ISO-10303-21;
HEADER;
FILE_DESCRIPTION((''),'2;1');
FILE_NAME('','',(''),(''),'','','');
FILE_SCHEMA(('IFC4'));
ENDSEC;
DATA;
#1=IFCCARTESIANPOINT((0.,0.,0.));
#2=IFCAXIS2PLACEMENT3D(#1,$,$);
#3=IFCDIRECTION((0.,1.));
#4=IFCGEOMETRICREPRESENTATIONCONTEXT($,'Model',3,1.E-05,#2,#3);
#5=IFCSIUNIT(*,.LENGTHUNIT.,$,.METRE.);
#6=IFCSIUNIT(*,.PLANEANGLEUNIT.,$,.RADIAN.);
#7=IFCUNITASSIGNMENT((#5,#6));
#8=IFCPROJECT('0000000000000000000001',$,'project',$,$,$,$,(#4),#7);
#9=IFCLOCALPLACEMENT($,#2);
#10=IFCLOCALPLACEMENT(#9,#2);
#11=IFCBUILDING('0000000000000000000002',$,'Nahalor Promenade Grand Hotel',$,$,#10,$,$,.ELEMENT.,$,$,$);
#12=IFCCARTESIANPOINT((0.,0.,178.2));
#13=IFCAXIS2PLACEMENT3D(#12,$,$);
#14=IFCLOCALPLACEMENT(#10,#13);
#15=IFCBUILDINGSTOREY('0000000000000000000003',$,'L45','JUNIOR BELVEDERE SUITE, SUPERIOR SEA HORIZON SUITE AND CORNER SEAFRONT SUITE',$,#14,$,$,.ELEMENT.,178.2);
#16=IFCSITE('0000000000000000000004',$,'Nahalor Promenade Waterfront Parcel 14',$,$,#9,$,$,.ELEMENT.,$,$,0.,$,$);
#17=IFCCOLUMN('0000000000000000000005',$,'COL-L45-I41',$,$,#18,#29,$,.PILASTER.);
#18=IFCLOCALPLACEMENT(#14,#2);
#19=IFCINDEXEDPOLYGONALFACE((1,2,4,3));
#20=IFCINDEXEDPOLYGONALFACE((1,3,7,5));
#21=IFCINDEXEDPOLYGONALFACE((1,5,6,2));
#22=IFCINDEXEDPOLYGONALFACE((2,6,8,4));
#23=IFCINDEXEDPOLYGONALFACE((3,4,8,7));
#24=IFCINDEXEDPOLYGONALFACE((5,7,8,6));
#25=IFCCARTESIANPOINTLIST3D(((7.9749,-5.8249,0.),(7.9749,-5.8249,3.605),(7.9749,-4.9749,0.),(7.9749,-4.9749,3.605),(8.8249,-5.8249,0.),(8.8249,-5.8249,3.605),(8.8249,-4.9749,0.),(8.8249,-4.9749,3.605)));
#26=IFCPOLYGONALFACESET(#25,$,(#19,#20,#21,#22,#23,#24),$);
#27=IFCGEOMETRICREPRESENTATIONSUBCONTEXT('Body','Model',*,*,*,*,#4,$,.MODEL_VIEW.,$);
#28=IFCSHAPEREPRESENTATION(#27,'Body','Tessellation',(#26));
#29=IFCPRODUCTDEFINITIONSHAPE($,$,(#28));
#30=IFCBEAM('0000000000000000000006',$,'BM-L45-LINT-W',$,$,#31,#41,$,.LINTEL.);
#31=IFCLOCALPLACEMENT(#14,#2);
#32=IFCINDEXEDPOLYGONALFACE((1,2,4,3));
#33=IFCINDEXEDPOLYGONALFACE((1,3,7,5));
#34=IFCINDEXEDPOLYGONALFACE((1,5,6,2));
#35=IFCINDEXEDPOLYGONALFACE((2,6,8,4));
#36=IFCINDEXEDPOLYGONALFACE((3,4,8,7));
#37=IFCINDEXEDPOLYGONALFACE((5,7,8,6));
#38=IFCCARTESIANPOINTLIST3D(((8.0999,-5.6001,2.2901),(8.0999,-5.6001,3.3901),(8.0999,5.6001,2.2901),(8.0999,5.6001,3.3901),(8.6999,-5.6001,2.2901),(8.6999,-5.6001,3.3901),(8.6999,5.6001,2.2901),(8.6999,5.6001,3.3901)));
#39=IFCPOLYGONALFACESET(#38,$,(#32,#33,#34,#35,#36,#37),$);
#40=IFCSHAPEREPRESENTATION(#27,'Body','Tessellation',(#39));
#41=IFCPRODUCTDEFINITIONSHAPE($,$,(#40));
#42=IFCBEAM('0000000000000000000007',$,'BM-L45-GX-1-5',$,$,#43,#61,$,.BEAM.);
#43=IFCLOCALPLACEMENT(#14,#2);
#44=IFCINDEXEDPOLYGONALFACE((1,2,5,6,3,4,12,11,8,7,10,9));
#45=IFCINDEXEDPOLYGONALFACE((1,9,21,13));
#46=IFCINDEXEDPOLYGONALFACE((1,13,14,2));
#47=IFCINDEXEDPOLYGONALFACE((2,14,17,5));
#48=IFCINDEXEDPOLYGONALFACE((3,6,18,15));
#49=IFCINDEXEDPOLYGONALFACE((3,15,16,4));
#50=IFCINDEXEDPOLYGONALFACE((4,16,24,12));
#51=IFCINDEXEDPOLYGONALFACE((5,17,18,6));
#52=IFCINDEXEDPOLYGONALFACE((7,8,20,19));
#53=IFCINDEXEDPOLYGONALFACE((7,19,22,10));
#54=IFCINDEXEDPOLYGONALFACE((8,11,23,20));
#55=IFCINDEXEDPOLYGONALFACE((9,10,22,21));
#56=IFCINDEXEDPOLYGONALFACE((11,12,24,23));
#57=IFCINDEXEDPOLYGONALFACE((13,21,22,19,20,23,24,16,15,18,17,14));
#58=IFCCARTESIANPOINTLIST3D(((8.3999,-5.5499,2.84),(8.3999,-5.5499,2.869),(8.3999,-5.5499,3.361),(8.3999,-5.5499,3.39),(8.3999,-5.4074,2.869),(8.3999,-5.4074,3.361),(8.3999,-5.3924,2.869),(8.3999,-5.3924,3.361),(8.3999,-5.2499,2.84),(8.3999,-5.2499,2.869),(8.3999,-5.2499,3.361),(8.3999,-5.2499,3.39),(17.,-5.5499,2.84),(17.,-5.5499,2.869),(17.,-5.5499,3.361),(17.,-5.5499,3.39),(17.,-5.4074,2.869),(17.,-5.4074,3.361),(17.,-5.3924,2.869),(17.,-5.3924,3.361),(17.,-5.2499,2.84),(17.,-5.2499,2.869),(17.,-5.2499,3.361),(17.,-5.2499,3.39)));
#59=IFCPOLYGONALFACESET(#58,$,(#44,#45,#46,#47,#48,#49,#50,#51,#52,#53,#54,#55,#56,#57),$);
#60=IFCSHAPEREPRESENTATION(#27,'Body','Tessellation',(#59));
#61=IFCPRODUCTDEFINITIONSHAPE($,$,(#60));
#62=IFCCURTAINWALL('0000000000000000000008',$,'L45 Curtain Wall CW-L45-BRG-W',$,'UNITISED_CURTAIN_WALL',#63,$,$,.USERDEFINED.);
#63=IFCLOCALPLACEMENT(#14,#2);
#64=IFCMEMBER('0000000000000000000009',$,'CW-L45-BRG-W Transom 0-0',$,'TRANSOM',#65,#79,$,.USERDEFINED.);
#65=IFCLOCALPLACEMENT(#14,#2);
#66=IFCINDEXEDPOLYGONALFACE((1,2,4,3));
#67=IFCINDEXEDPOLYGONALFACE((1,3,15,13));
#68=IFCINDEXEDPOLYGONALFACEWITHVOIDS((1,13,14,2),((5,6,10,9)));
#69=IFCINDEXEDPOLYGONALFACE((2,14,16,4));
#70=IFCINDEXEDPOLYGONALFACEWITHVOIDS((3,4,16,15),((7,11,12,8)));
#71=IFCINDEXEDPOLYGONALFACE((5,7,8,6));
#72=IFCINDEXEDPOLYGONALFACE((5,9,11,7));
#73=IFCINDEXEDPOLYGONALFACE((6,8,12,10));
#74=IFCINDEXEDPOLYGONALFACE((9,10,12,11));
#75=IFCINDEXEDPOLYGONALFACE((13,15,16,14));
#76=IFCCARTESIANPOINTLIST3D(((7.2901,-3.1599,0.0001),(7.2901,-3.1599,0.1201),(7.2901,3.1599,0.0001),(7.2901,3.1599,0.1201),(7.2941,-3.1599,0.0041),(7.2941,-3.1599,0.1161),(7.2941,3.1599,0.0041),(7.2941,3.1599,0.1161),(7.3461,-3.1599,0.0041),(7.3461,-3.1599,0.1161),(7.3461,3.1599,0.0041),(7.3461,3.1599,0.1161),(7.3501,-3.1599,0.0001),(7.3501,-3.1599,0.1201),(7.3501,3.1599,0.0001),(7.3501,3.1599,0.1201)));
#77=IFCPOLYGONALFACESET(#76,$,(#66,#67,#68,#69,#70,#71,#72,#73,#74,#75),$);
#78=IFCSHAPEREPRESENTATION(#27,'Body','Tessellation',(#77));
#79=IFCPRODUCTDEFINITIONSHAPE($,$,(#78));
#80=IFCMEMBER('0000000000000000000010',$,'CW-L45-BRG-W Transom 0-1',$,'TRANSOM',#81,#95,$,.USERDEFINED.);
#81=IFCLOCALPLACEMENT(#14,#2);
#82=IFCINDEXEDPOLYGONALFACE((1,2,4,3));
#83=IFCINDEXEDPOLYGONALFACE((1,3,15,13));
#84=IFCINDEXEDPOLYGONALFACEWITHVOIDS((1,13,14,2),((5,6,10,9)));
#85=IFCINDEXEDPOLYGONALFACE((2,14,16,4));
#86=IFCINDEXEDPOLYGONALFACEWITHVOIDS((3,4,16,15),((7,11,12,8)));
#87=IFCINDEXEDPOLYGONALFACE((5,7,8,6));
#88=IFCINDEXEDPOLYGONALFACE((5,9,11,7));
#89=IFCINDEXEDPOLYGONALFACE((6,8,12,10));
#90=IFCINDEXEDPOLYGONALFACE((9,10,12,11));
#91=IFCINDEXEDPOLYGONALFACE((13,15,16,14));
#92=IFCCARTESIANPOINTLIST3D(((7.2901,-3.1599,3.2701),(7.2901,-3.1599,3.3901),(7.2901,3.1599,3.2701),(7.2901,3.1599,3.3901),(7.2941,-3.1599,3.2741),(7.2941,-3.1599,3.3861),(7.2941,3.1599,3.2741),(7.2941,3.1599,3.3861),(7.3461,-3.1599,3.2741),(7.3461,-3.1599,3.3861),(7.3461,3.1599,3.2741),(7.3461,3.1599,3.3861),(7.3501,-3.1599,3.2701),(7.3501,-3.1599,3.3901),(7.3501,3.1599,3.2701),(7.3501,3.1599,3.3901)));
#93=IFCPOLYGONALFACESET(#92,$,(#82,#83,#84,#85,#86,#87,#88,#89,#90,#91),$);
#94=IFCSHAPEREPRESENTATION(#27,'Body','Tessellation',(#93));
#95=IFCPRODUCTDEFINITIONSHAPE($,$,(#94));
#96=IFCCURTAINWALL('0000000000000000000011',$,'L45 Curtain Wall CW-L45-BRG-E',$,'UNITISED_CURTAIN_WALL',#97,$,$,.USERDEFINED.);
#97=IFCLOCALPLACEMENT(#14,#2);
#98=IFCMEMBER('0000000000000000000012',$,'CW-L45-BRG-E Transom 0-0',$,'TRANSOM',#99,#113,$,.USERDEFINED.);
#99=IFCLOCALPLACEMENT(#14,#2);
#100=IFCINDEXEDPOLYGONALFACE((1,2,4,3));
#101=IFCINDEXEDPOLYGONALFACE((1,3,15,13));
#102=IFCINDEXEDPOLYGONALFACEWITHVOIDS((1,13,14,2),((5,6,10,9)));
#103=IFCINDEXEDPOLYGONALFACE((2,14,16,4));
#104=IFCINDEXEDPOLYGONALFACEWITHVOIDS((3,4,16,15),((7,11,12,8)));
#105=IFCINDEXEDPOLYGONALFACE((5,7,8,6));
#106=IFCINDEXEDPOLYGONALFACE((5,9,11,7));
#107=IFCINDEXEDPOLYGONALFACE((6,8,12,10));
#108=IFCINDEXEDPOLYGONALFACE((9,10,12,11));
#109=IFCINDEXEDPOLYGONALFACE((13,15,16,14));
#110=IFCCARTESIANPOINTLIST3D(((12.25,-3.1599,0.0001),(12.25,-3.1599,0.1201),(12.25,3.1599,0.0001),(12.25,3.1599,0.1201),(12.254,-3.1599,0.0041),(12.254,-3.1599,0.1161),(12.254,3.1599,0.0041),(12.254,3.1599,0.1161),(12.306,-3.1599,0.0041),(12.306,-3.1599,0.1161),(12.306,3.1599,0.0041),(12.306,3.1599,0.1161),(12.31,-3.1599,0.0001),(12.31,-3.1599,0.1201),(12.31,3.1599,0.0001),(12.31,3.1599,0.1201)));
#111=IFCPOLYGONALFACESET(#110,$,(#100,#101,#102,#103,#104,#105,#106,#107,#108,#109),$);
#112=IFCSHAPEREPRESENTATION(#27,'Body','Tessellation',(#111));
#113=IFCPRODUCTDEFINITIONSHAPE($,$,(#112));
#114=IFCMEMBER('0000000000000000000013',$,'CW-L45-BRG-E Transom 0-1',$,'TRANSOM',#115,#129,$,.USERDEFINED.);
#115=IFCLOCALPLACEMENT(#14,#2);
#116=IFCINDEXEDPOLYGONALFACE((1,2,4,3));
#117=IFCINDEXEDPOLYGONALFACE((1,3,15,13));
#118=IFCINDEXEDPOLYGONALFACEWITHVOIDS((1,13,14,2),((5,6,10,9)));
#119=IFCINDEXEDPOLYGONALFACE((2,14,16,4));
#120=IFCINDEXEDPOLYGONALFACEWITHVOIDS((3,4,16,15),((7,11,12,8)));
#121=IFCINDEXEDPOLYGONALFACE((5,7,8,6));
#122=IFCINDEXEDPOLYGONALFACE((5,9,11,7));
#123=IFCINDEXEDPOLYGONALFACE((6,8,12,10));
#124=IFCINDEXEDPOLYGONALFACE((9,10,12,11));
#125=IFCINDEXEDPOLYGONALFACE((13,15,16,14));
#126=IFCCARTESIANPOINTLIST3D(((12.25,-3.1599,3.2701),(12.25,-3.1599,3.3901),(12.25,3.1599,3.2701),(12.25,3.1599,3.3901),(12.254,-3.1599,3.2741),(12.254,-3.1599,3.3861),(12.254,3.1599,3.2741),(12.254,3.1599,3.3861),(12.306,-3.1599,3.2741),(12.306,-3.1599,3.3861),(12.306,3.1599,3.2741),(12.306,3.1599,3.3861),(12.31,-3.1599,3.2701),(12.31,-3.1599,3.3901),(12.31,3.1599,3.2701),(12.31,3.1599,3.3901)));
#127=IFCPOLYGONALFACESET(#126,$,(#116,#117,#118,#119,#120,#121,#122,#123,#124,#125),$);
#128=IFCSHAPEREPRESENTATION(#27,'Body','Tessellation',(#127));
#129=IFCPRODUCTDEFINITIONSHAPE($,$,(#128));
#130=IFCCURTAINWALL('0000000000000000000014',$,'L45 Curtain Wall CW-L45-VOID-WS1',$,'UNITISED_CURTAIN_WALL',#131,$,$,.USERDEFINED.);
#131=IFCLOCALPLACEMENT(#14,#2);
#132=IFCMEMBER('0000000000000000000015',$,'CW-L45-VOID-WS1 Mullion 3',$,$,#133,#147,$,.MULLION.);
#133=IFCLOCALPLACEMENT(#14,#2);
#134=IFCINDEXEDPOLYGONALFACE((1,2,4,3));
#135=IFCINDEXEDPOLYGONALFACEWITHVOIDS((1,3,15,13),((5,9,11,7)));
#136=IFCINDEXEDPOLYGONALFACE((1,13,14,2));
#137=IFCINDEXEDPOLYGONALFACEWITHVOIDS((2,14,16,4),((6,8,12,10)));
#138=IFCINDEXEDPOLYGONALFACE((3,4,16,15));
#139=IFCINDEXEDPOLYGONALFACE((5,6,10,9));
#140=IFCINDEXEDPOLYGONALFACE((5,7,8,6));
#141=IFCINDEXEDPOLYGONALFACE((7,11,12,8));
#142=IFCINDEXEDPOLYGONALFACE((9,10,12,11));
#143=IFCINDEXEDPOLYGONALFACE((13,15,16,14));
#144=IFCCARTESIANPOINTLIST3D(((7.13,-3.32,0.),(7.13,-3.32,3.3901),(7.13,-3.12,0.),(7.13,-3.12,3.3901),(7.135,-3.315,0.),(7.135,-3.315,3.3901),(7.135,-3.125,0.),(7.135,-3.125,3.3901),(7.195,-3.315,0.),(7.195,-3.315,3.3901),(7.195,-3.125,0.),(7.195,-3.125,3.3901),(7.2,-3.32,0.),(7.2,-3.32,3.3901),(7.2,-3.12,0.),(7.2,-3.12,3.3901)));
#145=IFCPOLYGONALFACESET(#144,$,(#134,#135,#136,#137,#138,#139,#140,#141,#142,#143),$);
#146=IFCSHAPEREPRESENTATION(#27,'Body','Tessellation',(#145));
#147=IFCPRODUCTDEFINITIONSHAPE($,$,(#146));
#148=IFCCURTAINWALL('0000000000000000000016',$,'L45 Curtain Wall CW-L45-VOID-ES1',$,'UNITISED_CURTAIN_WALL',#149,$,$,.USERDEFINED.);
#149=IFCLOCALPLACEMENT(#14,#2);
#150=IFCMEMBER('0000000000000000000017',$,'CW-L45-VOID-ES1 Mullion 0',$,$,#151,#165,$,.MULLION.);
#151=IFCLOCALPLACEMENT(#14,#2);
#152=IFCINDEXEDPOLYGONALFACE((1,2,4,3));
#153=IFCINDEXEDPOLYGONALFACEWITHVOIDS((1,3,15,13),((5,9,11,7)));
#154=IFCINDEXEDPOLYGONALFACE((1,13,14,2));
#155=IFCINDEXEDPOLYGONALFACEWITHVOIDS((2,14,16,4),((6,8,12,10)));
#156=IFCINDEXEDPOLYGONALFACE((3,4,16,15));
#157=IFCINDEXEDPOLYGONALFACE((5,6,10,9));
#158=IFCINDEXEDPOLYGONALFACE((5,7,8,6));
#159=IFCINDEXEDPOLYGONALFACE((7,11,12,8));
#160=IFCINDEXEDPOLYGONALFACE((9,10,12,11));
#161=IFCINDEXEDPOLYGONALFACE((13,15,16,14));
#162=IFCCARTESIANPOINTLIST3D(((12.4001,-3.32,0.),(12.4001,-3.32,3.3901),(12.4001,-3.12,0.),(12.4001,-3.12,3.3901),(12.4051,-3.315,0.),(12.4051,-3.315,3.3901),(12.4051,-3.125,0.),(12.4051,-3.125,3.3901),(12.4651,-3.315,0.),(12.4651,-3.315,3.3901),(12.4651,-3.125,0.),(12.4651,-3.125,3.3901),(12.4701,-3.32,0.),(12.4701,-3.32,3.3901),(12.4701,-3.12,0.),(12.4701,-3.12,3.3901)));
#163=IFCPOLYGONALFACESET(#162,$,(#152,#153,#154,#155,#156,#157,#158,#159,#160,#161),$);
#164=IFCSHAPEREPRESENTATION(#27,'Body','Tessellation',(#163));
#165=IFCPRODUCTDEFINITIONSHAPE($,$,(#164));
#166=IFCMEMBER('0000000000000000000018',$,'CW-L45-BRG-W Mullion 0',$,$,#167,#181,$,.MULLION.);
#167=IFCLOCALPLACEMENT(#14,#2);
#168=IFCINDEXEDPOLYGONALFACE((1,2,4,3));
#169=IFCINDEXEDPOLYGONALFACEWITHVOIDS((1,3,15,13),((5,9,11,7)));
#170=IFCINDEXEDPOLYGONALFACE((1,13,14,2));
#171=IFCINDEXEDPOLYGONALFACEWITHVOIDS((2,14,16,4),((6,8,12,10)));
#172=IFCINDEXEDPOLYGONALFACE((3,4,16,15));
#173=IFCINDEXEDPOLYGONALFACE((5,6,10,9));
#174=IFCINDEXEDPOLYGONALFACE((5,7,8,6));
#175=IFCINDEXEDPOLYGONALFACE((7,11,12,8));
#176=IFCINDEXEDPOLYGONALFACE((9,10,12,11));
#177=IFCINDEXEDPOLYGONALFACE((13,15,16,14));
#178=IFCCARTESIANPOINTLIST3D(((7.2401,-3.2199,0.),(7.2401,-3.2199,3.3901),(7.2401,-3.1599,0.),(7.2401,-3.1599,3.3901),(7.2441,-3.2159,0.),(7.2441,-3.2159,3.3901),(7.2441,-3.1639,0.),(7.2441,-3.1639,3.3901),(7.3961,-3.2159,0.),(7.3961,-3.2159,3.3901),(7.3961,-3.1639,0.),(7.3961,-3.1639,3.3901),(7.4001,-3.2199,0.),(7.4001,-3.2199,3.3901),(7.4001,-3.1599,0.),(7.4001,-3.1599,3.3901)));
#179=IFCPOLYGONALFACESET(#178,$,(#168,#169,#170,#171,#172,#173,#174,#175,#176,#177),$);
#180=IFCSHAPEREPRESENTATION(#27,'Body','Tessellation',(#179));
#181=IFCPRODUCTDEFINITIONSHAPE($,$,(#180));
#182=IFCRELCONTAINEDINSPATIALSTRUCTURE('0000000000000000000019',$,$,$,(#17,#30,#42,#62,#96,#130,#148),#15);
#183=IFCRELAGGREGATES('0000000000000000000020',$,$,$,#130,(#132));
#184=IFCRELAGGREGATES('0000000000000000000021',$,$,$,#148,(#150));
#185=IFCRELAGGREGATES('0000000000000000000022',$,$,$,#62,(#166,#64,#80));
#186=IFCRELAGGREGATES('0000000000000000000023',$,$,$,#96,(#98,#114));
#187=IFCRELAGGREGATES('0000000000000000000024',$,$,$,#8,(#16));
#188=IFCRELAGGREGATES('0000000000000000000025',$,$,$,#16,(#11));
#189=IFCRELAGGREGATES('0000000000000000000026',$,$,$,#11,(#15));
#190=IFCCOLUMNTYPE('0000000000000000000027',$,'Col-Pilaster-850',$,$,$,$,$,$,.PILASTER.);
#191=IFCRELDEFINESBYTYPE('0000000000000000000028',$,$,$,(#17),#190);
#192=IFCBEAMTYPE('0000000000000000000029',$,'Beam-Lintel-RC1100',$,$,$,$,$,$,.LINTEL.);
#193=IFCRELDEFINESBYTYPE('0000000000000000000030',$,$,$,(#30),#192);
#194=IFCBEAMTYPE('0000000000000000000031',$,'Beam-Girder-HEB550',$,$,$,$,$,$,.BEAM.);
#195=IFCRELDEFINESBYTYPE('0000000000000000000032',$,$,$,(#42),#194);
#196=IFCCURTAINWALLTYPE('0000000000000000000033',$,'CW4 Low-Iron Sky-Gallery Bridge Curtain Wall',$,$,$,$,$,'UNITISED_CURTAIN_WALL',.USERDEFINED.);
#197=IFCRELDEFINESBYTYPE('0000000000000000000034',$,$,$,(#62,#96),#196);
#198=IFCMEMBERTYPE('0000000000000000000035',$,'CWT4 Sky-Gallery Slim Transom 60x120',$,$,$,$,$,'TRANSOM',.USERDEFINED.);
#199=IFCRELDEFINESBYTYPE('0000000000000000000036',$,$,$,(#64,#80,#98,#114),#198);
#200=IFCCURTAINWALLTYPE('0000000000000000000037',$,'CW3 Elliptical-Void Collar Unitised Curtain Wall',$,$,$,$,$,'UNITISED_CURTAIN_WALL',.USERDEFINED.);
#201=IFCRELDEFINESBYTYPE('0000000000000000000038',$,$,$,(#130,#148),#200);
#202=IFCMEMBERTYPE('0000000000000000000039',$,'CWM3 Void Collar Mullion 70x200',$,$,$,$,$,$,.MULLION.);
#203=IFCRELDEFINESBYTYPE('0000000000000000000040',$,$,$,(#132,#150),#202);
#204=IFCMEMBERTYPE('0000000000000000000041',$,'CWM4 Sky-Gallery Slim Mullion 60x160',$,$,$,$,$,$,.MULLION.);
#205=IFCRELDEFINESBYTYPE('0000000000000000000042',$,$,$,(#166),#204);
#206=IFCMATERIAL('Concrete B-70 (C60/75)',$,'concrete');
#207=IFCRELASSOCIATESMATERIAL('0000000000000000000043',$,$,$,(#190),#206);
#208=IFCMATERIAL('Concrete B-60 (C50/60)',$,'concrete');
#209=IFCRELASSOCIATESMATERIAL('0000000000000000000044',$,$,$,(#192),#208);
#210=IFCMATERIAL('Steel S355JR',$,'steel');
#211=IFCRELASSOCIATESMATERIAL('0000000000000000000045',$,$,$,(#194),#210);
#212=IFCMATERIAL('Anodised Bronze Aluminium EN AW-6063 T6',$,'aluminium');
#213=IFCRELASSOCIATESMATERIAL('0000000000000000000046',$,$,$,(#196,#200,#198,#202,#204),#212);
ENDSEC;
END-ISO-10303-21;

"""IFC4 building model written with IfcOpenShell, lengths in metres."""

from ifc_helpers import new_model, si_unit, direction, frame, origin, origin_2d, place, context, subcontext, project, spatial, rectangle, hollow_rectangle, i_section, extrude, source, transform, mapped, material, material_profile, profile_set, type_object, element, aggregate, save


model = new_model("IFC4")

# Units and contexts
model_context = context("Model", 3, precision=1e-05, world=origin(), true_north=direction((0.0, 1.0)))
body_context = subcontext(model_context, "Body", "Model", "MODEL_VIEW")
ifc_project = project(units=[si_unit("LENGTHUNIT", "METRE"), si_unit("PLANEANGLEUNIT", "RADIAN")], contexts=[model_context])

# Site, building, storey
site_placement = place(None, origin())
site = spatial("IfcSite", under=ifc_project, at=site_placement, Name="Nahalor Promenade Waterfront Parcel 14", CompositionType="ELEMENT", RefElevation=0.0)
building_placement = place(site_placement, origin())
building = spatial("IfcBuilding", under=site, at=building_placement, Name="Nahalor Promenade Grand Hotel", CompositionType="ELEMENT")
storey_placement = place(building_placement, frame((0.0, 0.0, 178.2)))
storey = spatial("IfcBuildingStorey", under=building, at=storey_placement, Name="L45", Description="JUNIOR BELVEDERE SUITE, SUPERIOR SEA HORIZON SUITE AND CORNER SEAFRONT SUITE", CompositionType="ELEMENT", Elevation=178.2)

# Column
ifc_material_1 = material(Name="Concrete B-70 (C60/75)", Category="concrete")
ifc_material_profile_1 = material_profile(ifc_material_1, rectangle(XDim=0.85, YDim=0.85, at=origin_2d()), Name="RC 850x850")
ifc_profile_set_1 = profile_set([ifc_material_profile_1], Name="Concrete B-70 (C60/75)")
column_type = type_object("IfcColumnType", Name="Col-Pilaster-850", PredefinedType="PILASTER", material=ifc_profile_set_1)
shared_shape_1 = source(origin(), body_context, "Body", "SweptSolid", [
    extrude(rectangle(XDim=0.85, YDim=0.85, at=origin_2d()), origin(), (0.0, 0.0, 1.0), 3.605),
])
column_placement = place(storey_placement, frame((8.3999, -5.3999, 0.0), z_axis=(0.0, 0.0, 1.0), x_axis=(1.0, 0.0, 0.0)))
element("IfcColumn", 1, at=column_placement, inside=storey, type_object=column_type, Name="COL-L45-I41", PredefinedType="PILASTER", context=body_context, shape_type="MappedRepresentation", body=[
    mapped(shared_shape_1, transform((0.0, 0.0, 0.0), scale=1.0)),
])

# Beams
ifc_material_2 = material(Name="Concrete B-60 (C50/60)", Category="concrete")
ifc_material_profile_2 = material_profile(ifc_material_2, rectangle(XDim=0.6, YDim=1.1, at=origin_2d()), Name="RC 600x1100")
ifc_profile_set_2 = profile_set([ifc_material_profile_2], Name="Concrete B-60 (C50/60)")
beam_type_1 = type_object("IfcBeamType", Name="Beam-Lintel-RC1100", PredefinedType="LINTEL", material=ifc_profile_set_2)
shared_shape_2 = source(origin(), body_context, "Body", "SweptSolid", [
    extrude(rectangle(XDim=0.6, YDim=1.1, at=origin_2d()), origin(), (0.0, 0.0, 1.0), 11.2002),
])
beam_1_placement = place(storey_placement, frame((8.3999, -5.6001, 2.8401), z_axis=(0.0, 1.0, 0.0), x_axis=(-1.0, 0.0, 0.0)))
element("IfcBeam", 2, at=beam_1_placement, inside=storey, type_object=beam_type_1, Name="BM-L45-LINT-W", PredefinedType="LINTEL", context=body_context, shape_type="MappedRepresentation", body=[
    mapped(shared_shape_2, transform((0.0, 0.0, 0.0), scale=1.0)),
])
ifc_material_3 = material(Name="Steel S355JR", Category="steel")
ifc_material_profile_3 = material_profile(ifc_material_3, i_section(OverallWidth=0.3, OverallDepth=0.55, WebThickness=0.015, FlangeThickness=0.029, at=origin_2d()), Name="HEB 550")
ifc_profile_set_3 = profile_set([ifc_material_profile_3], Name="Steel S355JR")
beam_type_2 = type_object("IfcBeamType", Name="Beam-Girder-HEB550", PredefinedType="BEAM", material=ifc_profile_set_3)
shared_shape_3 = source(origin(), body_context, "Body", "SweptSolid", [
    extrude(i_section(OverallWidth=0.3, OverallDepth=0.55, WebThickness=0.015, FlangeThickness=0.029, at=origin_2d()), origin(), (0.0, 0.0, 1.0), 8.6001),
])
beam_2_placement = place(storey_placement, frame((8.3999, -5.3999, 3.115), z_axis=(1.0, 0.0, 0.0), x_axis=(0.0, 1.0, 0.0)))
element("IfcBeam", 3, at=beam_2_placement, inside=storey, type_object=beam_type_2, Name="BM-L45-GX-1-5", PredefinedType="BEAM", context=body_context, shape_type="MappedRepresentation", body=[
    mapped(shared_shape_3, transform((0.0, 0.0, 0.0), scale=1.0)),
])

# Curtain walls, members
ifc_material_4 = material(Name="Anodised Bronze Aluminium EN AW-6063 T6", Category="aluminium")
curtain_wall_type_1 = type_object("IfcCurtainWallType", Name="CW4 Low-Iron Sky-Gallery Bridge Curtain Wall", ElementType="UNITISED_CURTAIN_WALL", PredefinedType="USERDEFINED", material=ifc_material_4)
curtain_wall_1_placement = place(storey_placement, origin())
curtain_wall_1 = element("IfcCurtainWall", 4, at=curtain_wall_1_placement, inside=storey, type_object=curtain_wall_type_1, Name="L45 Curtain Wall CW-L45-BRG-W", ObjectType="UNITISED_CURTAIN_WALL", PredefinedType="USERDEFINED")
ifc_material_profile_4 = material_profile(ifc_material_4, hollow_rectangle(XDim=0.06, YDim=0.12, WallThickness=0.004, at=origin_2d()), Name="CWT 60x120x4")
ifc_profile_set_4 = profile_set([ifc_material_profile_4], Name="Anodised Bronze Aluminium EN AW-6063 T6")
member_type_1 = type_object("IfcMemberType", Name="CWT4 Sky-Gallery Slim Transom 60x120", ElementType="TRANSOM", PredefinedType="USERDEFINED", material=ifc_profile_set_4)
shared_shape_4 = source(origin(), body_context, "Body", "SweptSolid", [
    extrude(hollow_rectangle(XDim=0.06, YDim=0.12, WallThickness=0.004, at=origin_2d()), origin(), (0.0, 0.0, 1.0), 6.3198),
])
member_1_placement = place(storey_placement, frame((7.3201, -3.1599, 0.0601), z_axis=(0.0, 1.0, 0.0), x_axis=(-1.0, 0.0, 0.0)))
member_1 = element("IfcMember", 5, at=member_1_placement, type_object=member_type_1, Name="CW-L45-BRG-W Transom 0-0", ObjectType="TRANSOM", PredefinedType="USERDEFINED", context=body_context, shape_type="MappedRepresentation", body=[
    mapped(shared_shape_4, transform((0.0, 0.0, 0.0), scale=1.0)),
])
member_2_placement = place(storey_placement, frame((7.3201, -3.1599, 3.3301), z_axis=(0.0, 1.0, 0.0), x_axis=(-1.0, 0.0, 0.0)))
member_2 = element("IfcMember", 6, at=member_2_placement, type_object=member_type_1, Name="CW-L45-BRG-W Transom 0-1", ObjectType="TRANSOM", PredefinedType="USERDEFINED", context=body_context, shape_type="MappedRepresentation", body=[
    mapped(shared_shape_4, transform((0.0, 0.0, 0.0), scale=1.0)),
])
curtain_wall_2_placement = place(storey_placement, origin())
curtain_wall_2 = element("IfcCurtainWall", 7, at=curtain_wall_2_placement, inside=storey, type_object=curtain_wall_type_1, Name="L45 Curtain Wall CW-L45-BRG-E", ObjectType="UNITISED_CURTAIN_WALL", PredefinedType="USERDEFINED")
member_3_placement = place(storey_placement, frame((12.28, -3.1599, 0.0601), z_axis=(0.0, 1.0, 0.0), x_axis=(-1.0, 0.0, 0.0)))
member_3 = element("IfcMember", 8, at=member_3_placement, type_object=member_type_1, Name="CW-L45-BRG-E Transom 0-0", ObjectType="TRANSOM", PredefinedType="USERDEFINED", context=body_context, shape_type="MappedRepresentation", body=[
    mapped(shared_shape_4, transform((0.0, 0.0, 0.0), scale=1.0)),
])
member_4_placement = place(storey_placement, frame((12.28, -3.1599, 3.3301), z_axis=(0.0, 1.0, 0.0), x_axis=(-1.0, 0.0, 0.0)))
member_4 = element("IfcMember", 9, at=member_4_placement, type_object=member_type_1, Name="CW-L45-BRG-E Transom 0-1", ObjectType="TRANSOM", PredefinedType="USERDEFINED", context=body_context, shape_type="MappedRepresentation", body=[
    mapped(shared_shape_4, transform((0.0, 0.0, 0.0), scale=1.0)),
])

# Curtain walls, members
curtain_wall_type_2 = type_object("IfcCurtainWallType", Name="CW3 Elliptical-Void Collar Unitised Curtain Wall", ElementType="UNITISED_CURTAIN_WALL", PredefinedType="USERDEFINED", material=ifc_material_4)
curtain_wall_3_placement = place(storey_placement, origin())
curtain_wall_3 = element("IfcCurtainWall", 10, at=curtain_wall_3_placement, inside=storey, type_object=curtain_wall_type_2, Name="L45 Curtain Wall CW-L45-VOID-WS1", ObjectType="UNITISED_CURTAIN_WALL", PredefinedType="USERDEFINED")
ifc_material_profile_5 = material_profile(ifc_material_4, hollow_rectangle(XDim=0.07, YDim=0.2, WallThickness=0.005, at=origin_2d()), Name="CWM 70x200x5")
ifc_profile_set_5 = profile_set([ifc_material_profile_5], Name="Anodised Bronze Aluminium EN AW-6063 T6")
member_type_2 = type_object("IfcMemberType", Name="CWM3 Void Collar Mullion 70x200", PredefinedType="MULLION", material=ifc_profile_set_5)
shared_shape_5 = source(origin(), body_context, "Body", "SweptSolid", [
    extrude(hollow_rectangle(XDim=0.07, YDim=0.2, WallThickness=0.005, at=origin_2d()), origin(), (0.0, 0.0, 1.0), 3.3901),
])
member_5_placement = place(storey_placement, frame((7.165, -3.22, 0.0), z_axis=(0.0, 0.0, 1.0), x_axis=(1.0, 0.0, 0.0)))
member_5 = element("IfcMember", 11, at=member_5_placement, type_object=member_type_2, Name="CW-L45-VOID-WS1 Mullion 3", PredefinedType="MULLION", context=body_context, shape_type="MappedRepresentation", body=[
    mapped(shared_shape_5, transform((0.0, 0.0, 0.0), scale=1.0)),
])
aggregate(curtain_wall_3, [member_5])
curtain_wall_4_placement = place(storey_placement, origin())
curtain_wall_4 = element("IfcCurtainWall", 12, at=curtain_wall_4_placement, inside=storey, type_object=curtain_wall_type_2, Name="L45 Curtain Wall CW-L45-VOID-ES1", ObjectType="UNITISED_CURTAIN_WALL", PredefinedType="USERDEFINED")
member_6_placement = place(storey_placement, frame((12.4351, -3.22, 0.0), z_axis=(0.0, 0.0, 1.0), x_axis=(1.0, 0.0, 0.0)))
member_6 = element("IfcMember", 13, at=member_6_placement, type_object=member_type_2, Name="CW-L45-VOID-ES1 Mullion 0", PredefinedType="MULLION", context=body_context, shape_type="MappedRepresentation", body=[
    mapped(shared_shape_5, transform((0.0, 0.0, 0.0), scale=1.0)),
])
aggregate(curtain_wall_4, [member_6])

# Member
ifc_material_profile_6 = material_profile(ifc_material_4, hollow_rectangle(XDim=0.06, YDim=0.16, WallThickness=0.004, at=origin_2d()), Name="CWM 60x160x4")
ifc_profile_set_6 = profile_set([ifc_material_profile_6], Name="Anodised Bronze Aluminium EN AW-6063 T6")
member_type_3 = type_object("IfcMemberType", Name="CWM4 Sky-Gallery Slim Mullion 60x160", PredefinedType="MULLION", material=ifc_profile_set_6)
shared_shape_6 = source(origin(), body_context, "Body", "SweptSolid", [
    extrude(hollow_rectangle(XDim=0.06, YDim=0.16, WallThickness=0.004, at=origin_2d()), origin(), (0.0, 0.0, 1.0), 3.3901),
])
member_7_placement = place(storey_placement, frame((7.3201, -3.1899, 0.0), z_axis=(0.0, 0.0, 1.0), x_axis=(0.0, 1.0, 0.0)))
member_7 = element("IfcMember", 14, at=member_7_placement, type_object=member_type_3, Name="CW-L45-BRG-W Mullion 0", PredefinedType="MULLION", context=body_context, shape_type="MappedRepresentation", body=[
    mapped(shared_shape_6, transform((0.0, 0.0, 0.0), scale=1.0)),
])
aggregate(curtain_wall_1, [member_7, member_1, member_2])
aggregate(curtain_wall_2, [member_3, member_4])

save(model, "model.ifc")
